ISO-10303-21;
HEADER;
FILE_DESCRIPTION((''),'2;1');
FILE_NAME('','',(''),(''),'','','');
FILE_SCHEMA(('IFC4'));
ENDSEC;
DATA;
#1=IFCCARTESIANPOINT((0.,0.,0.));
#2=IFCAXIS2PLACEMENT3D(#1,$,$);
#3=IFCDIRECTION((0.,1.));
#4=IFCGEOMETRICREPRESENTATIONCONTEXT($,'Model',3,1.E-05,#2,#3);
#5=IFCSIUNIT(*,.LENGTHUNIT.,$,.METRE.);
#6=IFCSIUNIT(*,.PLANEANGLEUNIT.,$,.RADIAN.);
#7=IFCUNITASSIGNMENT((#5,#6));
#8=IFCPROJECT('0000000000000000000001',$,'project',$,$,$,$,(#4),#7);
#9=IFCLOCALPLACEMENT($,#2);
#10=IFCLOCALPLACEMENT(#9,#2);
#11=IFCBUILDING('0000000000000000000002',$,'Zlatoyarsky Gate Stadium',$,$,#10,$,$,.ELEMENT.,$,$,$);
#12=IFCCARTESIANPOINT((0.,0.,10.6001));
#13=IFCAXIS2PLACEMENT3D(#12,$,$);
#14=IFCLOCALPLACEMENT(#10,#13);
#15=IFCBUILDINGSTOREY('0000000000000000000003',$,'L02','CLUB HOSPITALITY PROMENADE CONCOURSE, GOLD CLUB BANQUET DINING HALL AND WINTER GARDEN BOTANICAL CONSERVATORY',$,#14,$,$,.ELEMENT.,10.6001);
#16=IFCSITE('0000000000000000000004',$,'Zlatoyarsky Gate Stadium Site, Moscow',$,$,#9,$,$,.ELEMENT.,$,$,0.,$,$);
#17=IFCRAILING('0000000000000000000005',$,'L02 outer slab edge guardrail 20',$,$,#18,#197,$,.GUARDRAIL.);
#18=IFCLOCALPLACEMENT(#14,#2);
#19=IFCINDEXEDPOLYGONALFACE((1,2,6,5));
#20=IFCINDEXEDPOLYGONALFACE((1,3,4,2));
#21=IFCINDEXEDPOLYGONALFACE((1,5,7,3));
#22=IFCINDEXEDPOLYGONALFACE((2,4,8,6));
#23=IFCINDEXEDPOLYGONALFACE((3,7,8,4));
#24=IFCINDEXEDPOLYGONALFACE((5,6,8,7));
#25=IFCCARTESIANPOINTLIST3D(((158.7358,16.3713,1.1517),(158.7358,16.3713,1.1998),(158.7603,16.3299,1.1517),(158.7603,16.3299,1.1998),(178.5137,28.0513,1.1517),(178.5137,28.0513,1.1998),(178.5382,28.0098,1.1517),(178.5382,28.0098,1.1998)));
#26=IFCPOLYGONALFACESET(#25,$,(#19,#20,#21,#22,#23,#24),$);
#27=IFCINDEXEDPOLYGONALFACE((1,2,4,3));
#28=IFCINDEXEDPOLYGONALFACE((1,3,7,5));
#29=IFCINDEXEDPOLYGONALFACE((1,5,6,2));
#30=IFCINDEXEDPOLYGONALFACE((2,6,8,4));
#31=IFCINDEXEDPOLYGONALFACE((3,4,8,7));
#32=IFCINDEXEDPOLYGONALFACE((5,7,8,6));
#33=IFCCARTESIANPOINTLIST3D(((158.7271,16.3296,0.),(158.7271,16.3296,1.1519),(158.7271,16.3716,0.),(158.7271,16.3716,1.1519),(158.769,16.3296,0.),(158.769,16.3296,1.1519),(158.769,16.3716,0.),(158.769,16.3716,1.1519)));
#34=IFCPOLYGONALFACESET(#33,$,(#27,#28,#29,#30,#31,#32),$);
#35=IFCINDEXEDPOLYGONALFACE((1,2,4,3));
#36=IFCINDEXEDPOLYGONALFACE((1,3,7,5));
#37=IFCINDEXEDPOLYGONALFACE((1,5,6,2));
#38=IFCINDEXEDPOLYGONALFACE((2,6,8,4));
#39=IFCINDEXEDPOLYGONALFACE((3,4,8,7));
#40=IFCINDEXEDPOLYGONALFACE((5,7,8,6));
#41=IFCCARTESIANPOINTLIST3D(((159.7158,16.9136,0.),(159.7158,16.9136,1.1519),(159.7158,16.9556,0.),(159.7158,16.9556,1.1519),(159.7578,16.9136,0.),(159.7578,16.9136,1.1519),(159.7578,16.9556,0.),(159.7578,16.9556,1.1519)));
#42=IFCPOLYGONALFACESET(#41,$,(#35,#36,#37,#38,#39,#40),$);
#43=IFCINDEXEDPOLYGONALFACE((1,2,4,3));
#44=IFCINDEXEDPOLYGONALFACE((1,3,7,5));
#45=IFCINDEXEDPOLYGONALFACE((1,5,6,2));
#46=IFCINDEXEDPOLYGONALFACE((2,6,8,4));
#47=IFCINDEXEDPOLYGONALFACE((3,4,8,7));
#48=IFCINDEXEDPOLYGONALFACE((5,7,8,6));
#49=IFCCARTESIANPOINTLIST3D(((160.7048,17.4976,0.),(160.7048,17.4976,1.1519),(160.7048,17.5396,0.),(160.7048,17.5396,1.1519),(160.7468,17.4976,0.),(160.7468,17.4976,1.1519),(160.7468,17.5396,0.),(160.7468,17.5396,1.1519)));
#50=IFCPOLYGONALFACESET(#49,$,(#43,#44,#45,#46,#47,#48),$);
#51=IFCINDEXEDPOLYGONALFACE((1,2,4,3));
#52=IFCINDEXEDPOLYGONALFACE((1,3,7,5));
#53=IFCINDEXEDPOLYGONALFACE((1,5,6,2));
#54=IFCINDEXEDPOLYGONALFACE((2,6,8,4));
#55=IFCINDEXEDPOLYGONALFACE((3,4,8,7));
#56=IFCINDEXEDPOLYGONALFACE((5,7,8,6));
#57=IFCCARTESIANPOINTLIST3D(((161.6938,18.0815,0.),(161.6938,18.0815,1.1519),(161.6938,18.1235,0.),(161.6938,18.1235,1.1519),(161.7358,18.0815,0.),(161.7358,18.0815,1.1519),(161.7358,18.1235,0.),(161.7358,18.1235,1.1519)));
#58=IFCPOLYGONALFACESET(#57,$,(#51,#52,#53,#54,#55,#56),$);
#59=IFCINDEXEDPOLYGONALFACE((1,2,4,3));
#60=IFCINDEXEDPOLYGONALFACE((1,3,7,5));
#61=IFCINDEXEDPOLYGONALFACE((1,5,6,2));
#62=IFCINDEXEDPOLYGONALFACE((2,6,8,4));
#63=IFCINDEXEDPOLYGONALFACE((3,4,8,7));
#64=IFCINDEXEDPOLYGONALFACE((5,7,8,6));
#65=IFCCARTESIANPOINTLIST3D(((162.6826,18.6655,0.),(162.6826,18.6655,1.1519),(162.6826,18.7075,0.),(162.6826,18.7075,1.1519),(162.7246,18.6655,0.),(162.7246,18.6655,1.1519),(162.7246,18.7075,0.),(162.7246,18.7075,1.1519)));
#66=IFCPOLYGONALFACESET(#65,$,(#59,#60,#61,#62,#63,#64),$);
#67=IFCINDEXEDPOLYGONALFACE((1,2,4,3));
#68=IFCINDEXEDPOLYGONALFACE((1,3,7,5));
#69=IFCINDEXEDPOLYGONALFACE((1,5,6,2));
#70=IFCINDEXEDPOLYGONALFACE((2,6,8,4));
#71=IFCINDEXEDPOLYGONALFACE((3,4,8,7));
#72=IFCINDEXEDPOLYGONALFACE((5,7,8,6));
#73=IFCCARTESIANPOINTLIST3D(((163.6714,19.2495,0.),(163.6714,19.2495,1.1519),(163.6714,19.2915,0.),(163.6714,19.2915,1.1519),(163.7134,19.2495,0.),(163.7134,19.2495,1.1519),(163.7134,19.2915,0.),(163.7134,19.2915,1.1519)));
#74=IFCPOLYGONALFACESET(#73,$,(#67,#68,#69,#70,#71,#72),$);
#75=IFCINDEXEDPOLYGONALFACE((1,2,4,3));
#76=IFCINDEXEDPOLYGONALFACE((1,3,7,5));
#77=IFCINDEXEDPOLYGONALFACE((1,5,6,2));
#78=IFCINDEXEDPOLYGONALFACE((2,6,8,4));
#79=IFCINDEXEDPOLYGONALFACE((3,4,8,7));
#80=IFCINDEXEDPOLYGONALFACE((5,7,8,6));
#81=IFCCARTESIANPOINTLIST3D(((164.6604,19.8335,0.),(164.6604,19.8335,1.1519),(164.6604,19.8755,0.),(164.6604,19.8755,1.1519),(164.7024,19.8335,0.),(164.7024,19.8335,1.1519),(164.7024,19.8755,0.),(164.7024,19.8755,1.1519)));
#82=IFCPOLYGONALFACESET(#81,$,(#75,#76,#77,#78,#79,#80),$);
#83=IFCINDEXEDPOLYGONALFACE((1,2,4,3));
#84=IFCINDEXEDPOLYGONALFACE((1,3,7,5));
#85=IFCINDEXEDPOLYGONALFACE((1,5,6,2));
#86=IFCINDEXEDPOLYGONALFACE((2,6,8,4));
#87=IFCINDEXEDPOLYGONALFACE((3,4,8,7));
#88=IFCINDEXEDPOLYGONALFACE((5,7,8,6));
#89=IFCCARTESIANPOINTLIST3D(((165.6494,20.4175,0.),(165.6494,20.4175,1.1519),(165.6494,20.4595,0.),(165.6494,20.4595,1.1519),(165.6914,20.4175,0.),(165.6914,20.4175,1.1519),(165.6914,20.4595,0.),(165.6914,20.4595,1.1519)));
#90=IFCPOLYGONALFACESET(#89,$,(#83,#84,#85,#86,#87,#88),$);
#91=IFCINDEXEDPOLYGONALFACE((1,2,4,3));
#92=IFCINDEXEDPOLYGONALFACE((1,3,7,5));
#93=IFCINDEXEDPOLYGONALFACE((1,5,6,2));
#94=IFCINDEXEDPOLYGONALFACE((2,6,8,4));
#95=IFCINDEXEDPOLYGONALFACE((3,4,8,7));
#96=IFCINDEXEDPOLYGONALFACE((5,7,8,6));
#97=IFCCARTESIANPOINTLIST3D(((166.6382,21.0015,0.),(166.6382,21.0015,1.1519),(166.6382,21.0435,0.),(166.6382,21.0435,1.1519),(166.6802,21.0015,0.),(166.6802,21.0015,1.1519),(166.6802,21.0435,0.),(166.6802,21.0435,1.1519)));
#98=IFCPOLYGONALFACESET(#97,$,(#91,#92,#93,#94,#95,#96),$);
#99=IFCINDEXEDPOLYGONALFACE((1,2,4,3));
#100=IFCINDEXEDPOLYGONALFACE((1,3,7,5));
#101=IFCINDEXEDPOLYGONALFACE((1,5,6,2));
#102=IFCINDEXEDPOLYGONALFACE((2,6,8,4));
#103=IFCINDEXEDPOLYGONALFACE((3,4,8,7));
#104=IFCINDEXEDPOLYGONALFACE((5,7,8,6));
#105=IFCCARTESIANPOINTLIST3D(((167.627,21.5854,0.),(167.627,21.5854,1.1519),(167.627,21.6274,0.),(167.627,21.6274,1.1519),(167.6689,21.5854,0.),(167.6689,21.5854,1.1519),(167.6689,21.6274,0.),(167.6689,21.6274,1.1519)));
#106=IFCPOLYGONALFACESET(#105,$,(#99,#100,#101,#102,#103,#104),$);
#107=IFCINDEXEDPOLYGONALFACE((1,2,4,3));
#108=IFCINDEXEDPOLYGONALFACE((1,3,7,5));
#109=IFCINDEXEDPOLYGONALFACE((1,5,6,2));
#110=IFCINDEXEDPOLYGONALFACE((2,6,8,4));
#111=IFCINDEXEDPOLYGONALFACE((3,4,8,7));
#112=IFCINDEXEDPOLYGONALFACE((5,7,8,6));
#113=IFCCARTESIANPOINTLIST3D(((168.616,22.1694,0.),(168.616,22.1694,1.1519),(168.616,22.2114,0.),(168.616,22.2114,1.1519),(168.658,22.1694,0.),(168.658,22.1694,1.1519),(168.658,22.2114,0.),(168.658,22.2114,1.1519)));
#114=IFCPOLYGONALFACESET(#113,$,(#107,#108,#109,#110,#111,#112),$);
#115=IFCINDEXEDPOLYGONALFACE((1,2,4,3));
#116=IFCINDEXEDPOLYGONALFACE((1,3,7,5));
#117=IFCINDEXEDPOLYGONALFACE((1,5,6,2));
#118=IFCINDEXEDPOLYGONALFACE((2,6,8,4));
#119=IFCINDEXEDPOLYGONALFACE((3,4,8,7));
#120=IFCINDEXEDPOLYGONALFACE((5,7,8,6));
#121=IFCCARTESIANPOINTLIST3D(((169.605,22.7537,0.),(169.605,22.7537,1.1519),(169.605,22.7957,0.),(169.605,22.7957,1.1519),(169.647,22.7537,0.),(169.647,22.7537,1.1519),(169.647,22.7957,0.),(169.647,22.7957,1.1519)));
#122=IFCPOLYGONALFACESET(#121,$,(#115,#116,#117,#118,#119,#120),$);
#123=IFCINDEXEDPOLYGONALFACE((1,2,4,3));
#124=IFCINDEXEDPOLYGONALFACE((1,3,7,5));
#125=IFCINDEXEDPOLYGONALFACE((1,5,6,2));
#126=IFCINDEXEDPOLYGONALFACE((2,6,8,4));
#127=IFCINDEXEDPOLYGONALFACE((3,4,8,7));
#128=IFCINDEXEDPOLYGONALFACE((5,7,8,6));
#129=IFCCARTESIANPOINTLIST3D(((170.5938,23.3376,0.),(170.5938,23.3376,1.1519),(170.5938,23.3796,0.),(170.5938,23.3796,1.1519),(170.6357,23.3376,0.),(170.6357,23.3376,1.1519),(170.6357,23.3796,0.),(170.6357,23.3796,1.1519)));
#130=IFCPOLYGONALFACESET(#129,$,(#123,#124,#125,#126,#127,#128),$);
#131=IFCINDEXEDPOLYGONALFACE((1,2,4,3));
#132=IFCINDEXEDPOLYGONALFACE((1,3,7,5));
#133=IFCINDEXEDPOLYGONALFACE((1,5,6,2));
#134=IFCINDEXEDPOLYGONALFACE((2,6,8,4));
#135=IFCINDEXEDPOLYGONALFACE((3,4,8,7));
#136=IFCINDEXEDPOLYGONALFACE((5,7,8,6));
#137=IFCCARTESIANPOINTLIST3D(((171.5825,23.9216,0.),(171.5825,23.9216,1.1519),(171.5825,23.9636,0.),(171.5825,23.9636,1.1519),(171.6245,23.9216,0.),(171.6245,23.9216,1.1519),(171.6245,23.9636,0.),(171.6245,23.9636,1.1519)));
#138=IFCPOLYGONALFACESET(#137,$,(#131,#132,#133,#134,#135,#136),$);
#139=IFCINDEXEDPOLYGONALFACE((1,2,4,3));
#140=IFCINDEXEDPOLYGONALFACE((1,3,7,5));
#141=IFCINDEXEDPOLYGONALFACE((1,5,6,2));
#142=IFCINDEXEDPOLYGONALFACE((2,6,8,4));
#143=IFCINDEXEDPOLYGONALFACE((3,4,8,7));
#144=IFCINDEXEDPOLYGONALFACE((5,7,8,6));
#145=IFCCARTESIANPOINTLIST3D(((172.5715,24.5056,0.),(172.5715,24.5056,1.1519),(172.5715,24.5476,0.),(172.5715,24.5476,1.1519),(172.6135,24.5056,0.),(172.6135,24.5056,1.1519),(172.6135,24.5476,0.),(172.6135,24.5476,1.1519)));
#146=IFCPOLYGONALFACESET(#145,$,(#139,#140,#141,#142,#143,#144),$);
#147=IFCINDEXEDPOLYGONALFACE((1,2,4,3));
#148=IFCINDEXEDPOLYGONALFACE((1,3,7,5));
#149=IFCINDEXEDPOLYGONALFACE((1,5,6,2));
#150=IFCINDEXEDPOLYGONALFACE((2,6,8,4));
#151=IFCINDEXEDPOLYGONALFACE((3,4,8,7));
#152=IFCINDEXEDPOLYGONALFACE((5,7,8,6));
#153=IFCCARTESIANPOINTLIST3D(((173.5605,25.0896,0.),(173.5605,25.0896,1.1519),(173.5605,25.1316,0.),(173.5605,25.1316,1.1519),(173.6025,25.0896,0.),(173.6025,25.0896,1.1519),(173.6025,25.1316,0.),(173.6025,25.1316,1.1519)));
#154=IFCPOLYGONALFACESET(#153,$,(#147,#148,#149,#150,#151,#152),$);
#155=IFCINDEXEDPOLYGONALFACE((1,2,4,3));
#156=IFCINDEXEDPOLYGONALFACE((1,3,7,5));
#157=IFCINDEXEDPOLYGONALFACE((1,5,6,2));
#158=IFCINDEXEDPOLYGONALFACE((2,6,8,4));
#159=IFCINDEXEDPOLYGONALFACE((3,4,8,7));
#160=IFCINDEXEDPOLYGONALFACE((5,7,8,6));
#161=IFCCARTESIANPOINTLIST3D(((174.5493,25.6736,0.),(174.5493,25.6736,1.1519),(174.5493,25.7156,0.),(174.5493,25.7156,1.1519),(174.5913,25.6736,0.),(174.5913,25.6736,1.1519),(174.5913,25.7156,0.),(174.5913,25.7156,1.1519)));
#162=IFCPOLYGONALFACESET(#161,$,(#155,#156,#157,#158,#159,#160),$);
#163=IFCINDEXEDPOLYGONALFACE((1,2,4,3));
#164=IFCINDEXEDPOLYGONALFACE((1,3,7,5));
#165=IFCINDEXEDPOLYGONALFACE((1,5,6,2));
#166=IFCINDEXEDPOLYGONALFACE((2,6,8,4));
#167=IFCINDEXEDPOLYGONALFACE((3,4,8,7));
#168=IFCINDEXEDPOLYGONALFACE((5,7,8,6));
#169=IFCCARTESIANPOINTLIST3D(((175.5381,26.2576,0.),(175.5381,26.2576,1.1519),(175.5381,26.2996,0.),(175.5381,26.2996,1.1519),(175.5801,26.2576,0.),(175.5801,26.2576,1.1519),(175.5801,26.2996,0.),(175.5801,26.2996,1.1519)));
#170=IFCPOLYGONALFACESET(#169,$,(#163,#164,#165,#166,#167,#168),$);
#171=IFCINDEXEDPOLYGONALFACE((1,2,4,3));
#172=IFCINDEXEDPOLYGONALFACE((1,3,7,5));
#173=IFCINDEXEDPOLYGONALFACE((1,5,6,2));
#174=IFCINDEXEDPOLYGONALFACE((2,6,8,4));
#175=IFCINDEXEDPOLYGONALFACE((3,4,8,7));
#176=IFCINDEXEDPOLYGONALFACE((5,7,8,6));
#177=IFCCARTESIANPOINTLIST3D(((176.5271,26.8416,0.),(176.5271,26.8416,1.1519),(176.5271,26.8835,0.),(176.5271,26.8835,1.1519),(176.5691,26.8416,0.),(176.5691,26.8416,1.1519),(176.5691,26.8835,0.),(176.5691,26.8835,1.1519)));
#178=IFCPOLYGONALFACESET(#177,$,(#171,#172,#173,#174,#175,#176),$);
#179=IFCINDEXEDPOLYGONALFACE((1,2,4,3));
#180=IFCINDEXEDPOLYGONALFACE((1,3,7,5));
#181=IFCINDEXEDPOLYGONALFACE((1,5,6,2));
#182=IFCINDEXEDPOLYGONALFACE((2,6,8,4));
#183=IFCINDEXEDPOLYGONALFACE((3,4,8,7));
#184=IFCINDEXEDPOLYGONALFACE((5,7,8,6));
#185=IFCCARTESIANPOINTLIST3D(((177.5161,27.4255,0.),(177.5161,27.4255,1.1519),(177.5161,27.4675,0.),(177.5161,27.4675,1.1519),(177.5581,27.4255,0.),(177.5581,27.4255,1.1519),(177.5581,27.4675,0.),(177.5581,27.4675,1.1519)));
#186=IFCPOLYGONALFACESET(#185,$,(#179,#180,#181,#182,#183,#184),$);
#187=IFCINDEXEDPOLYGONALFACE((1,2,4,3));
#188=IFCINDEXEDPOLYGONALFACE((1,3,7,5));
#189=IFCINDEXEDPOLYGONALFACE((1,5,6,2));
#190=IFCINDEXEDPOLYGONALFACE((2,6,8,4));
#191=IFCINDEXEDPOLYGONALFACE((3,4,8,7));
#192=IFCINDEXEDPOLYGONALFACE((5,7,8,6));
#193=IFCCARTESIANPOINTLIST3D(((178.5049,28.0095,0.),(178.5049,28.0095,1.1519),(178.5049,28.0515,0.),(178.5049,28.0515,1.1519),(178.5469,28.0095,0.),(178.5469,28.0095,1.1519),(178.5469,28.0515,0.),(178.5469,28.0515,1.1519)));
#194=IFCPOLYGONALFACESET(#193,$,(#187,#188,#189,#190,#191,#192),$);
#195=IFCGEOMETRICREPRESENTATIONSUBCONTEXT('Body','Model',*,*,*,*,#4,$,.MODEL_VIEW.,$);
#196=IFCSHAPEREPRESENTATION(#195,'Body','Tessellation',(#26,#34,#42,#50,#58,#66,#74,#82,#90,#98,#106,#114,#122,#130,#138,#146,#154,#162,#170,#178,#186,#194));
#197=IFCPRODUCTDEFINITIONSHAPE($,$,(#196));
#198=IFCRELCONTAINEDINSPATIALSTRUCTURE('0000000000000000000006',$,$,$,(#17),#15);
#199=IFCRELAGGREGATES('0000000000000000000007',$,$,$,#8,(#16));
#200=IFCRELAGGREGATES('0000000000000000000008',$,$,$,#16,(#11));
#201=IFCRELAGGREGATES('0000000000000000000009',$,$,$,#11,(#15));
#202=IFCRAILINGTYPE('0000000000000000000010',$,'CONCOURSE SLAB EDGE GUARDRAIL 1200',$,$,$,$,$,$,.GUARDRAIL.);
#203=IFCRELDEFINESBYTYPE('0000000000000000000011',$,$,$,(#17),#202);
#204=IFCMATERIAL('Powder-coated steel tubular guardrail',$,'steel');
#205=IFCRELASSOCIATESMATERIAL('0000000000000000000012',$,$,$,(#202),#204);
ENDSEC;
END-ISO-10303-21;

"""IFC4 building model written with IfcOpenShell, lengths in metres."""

from ifc_helpers import new_model, si_unit, direction, frame, origin, origin_2d, place, context, subcontext, project, spatial, rectangle, extrude, material, type_object, element, save


model = new_model("IFC4")

# Units and contexts
model_context = context("Model", 3, precision=1e-05, world=origin(), true_north=direction((0.0, 1.0)))
body_context = subcontext(model_context, "Body", "Model", "MODEL_VIEW")
ifc_project = project(units=[si_unit("LENGTHUNIT", "METRE"), si_unit("PLANEANGLEUNIT", "RADIAN")], contexts=[model_context])

# Site, building, storey
site_placement = place(None, origin())
site = spatial("IfcSite", under=ifc_project, at=site_placement, Name="Zlatoyarsky Gate Stadium Site, Moscow", CompositionType="ELEMENT", RefElevation=0.0)
building_placement = place(site_placement, origin())
building = spatial("IfcBuilding", under=site, at=building_placement, Name="Zlatoyarsky Gate Stadium", CompositionType="ELEMENT")
storey_placement = place(building_placement, frame((0.0, 0.0, 10.6001)))
storey = spatial("IfcBuildingStorey", under=building, at=storey_placement, Name="L02", Description="CLUB HOSPITALITY PROMENADE CONCOURSE, GOLD CLUB BANQUET DINING HALL AND WINTER GARDEN BOTANICAL CONSERVATORY", CompositionType="ELEMENT", Elevation=10.6001)

# Railing
ifc_material_1 = material(Name="Powder-coated steel tubular guardrail", Category="steel")
railing_type = type_object("IfcRailingType", Name="CONCOURSE SLAB EDGE GUARDRAIL 1200", PredefinedType="GUARDRAIL", material=ifc_material_1)
railing_1_placement = place(storey_placement, frame((158.748, 16.3506, 0.0)))
element("IfcRailing", 1, at=railing_1_placement, inside=storey, type_object=railing_type, Name="L02 outer slab edge guardrail 20", PredefinedType="GUARDRAIL", context=body_context, shape_type="SweptSolid", body=[
    extrude(rectangle(XDim=0.0481, YDim=0.0481, at=origin_2d()), frame((0.0, 0.0, 1.1758), z_axis=(0.861059, 0.508504, 0.0), x_axis=(-0.508504, 0.861059, 0.0)), (0.0, 0.0, 1.0), 22.9692),
    extrude(rectangle(XDim=0.042, YDim=0.042, at=origin_2d()), origin(), (0.0, 0.0, 1.0), 1.1519),
    extrude(rectangle(XDim=0.042, YDim=0.042, at=origin_2d()), frame((0.9888, 0.584, 0.0)), (0.0, 0.0, 1.0), 1.1519),
    extrude(rectangle(XDim=0.042, YDim=0.042, at=origin_2d()), frame((1.9778, 1.168, 0.0)), (0.0, 0.0, 1.0), 1.1519),
    extrude(rectangle(XDim=0.042, YDim=0.042, at=origin_2d()), frame((2.9668, 1.752, 0.0)), (0.0, 0.0, 1.0), 1.1519),
    extrude(rectangle(XDim=0.042, YDim=0.042, at=origin_2d()), frame((3.9556, 2.3359, 0.0)), (0.0, 0.0, 1.0), 1.1519),
    extrude(rectangle(XDim=0.042, YDim=0.042, at=origin_2d()), frame((4.9443, 2.9199, 0.0)), (0.0, 0.0, 1.0), 1.1519),
    extrude(rectangle(XDim=0.042, YDim=0.042, at=origin_2d()), frame((5.9333, 3.5039, 0.0)), (0.0, 0.0, 1.0), 1.1519),
    extrude(rectangle(XDim=0.042, YDim=0.042, at=origin_2d()), frame((6.9224, 4.0879, 0.0)), (0.0, 0.0, 1.0), 1.1519),
    extrude(rectangle(XDim=0.042, YDim=0.042, at=origin_2d()), frame((7.9111, 4.6719, 0.0)), (0.0, 0.0, 1.0), 1.1519),
    extrude(rectangle(XDim=0.042, YDim=0.042, at=origin_2d()), frame((8.8999, 5.2559, 0.0)), (0.0, 0.0, 1.0), 1.1519),
    extrude(rectangle(XDim=0.042, YDim=0.042, at=origin_2d()), frame((9.8889, 5.8398, 0.0)), (0.0, 0.0, 1.0), 1.1519),
    extrude(rectangle(XDim=0.042, YDim=0.042, at=origin_2d()), frame((10.8779, 6.4241, 0.0)), (0.0, 0.0, 1.0), 1.1519),
    extrude(rectangle(XDim=0.042, YDim=0.042, at=origin_2d()), frame((11.8667, 7.0081, 0.0)), (0.0, 0.0, 1.0), 1.1519),
    extrude(rectangle(XDim=0.042, YDim=0.042, at=origin_2d()), frame((12.8555, 7.592, 0.0)), (0.0, 0.0, 1.0), 1.1519),
    extrude(rectangle(XDim=0.042, YDim=0.042, at=origin_2d()), frame((13.8445, 8.176, 0.0)), (0.0, 0.0, 1.0), 1.1519),
    extrude(rectangle(XDim=0.042, YDim=0.042, at=origin_2d()), frame((14.8335, 8.76, 0.0)), (0.0, 0.0, 1.0), 1.1519),
    extrude(rectangle(XDim=0.042, YDim=0.042, at=origin_2d()), frame((15.8223, 9.344, 0.0)), (0.0, 0.0, 1.0), 1.1519),
    extrude(rectangle(XDim=0.042, YDim=0.042, at=origin_2d()), frame((16.811, 9.928, 0.0)), (0.0, 0.0, 1.0), 1.1519),
    extrude(rectangle(XDim=0.042, YDim=0.042, at=origin_2d()), frame((17.8, 10.512, 0.0)), (0.0, 0.0, 1.0), 1.1519),
    extrude(rectangle(XDim=0.042, YDim=0.042, at=origin_2d()), frame((18.7891, 11.0959, 0.0)), (0.0, 0.0, 1.0), 1.1519),
    extrude(rectangle(XDim=0.042, YDim=0.042, at=origin_2d()), frame((19.7778, 11.6799, 0.0)), (0.0, 0.0, 1.0), 1.1519),
])

save(model, "model.ifc")
